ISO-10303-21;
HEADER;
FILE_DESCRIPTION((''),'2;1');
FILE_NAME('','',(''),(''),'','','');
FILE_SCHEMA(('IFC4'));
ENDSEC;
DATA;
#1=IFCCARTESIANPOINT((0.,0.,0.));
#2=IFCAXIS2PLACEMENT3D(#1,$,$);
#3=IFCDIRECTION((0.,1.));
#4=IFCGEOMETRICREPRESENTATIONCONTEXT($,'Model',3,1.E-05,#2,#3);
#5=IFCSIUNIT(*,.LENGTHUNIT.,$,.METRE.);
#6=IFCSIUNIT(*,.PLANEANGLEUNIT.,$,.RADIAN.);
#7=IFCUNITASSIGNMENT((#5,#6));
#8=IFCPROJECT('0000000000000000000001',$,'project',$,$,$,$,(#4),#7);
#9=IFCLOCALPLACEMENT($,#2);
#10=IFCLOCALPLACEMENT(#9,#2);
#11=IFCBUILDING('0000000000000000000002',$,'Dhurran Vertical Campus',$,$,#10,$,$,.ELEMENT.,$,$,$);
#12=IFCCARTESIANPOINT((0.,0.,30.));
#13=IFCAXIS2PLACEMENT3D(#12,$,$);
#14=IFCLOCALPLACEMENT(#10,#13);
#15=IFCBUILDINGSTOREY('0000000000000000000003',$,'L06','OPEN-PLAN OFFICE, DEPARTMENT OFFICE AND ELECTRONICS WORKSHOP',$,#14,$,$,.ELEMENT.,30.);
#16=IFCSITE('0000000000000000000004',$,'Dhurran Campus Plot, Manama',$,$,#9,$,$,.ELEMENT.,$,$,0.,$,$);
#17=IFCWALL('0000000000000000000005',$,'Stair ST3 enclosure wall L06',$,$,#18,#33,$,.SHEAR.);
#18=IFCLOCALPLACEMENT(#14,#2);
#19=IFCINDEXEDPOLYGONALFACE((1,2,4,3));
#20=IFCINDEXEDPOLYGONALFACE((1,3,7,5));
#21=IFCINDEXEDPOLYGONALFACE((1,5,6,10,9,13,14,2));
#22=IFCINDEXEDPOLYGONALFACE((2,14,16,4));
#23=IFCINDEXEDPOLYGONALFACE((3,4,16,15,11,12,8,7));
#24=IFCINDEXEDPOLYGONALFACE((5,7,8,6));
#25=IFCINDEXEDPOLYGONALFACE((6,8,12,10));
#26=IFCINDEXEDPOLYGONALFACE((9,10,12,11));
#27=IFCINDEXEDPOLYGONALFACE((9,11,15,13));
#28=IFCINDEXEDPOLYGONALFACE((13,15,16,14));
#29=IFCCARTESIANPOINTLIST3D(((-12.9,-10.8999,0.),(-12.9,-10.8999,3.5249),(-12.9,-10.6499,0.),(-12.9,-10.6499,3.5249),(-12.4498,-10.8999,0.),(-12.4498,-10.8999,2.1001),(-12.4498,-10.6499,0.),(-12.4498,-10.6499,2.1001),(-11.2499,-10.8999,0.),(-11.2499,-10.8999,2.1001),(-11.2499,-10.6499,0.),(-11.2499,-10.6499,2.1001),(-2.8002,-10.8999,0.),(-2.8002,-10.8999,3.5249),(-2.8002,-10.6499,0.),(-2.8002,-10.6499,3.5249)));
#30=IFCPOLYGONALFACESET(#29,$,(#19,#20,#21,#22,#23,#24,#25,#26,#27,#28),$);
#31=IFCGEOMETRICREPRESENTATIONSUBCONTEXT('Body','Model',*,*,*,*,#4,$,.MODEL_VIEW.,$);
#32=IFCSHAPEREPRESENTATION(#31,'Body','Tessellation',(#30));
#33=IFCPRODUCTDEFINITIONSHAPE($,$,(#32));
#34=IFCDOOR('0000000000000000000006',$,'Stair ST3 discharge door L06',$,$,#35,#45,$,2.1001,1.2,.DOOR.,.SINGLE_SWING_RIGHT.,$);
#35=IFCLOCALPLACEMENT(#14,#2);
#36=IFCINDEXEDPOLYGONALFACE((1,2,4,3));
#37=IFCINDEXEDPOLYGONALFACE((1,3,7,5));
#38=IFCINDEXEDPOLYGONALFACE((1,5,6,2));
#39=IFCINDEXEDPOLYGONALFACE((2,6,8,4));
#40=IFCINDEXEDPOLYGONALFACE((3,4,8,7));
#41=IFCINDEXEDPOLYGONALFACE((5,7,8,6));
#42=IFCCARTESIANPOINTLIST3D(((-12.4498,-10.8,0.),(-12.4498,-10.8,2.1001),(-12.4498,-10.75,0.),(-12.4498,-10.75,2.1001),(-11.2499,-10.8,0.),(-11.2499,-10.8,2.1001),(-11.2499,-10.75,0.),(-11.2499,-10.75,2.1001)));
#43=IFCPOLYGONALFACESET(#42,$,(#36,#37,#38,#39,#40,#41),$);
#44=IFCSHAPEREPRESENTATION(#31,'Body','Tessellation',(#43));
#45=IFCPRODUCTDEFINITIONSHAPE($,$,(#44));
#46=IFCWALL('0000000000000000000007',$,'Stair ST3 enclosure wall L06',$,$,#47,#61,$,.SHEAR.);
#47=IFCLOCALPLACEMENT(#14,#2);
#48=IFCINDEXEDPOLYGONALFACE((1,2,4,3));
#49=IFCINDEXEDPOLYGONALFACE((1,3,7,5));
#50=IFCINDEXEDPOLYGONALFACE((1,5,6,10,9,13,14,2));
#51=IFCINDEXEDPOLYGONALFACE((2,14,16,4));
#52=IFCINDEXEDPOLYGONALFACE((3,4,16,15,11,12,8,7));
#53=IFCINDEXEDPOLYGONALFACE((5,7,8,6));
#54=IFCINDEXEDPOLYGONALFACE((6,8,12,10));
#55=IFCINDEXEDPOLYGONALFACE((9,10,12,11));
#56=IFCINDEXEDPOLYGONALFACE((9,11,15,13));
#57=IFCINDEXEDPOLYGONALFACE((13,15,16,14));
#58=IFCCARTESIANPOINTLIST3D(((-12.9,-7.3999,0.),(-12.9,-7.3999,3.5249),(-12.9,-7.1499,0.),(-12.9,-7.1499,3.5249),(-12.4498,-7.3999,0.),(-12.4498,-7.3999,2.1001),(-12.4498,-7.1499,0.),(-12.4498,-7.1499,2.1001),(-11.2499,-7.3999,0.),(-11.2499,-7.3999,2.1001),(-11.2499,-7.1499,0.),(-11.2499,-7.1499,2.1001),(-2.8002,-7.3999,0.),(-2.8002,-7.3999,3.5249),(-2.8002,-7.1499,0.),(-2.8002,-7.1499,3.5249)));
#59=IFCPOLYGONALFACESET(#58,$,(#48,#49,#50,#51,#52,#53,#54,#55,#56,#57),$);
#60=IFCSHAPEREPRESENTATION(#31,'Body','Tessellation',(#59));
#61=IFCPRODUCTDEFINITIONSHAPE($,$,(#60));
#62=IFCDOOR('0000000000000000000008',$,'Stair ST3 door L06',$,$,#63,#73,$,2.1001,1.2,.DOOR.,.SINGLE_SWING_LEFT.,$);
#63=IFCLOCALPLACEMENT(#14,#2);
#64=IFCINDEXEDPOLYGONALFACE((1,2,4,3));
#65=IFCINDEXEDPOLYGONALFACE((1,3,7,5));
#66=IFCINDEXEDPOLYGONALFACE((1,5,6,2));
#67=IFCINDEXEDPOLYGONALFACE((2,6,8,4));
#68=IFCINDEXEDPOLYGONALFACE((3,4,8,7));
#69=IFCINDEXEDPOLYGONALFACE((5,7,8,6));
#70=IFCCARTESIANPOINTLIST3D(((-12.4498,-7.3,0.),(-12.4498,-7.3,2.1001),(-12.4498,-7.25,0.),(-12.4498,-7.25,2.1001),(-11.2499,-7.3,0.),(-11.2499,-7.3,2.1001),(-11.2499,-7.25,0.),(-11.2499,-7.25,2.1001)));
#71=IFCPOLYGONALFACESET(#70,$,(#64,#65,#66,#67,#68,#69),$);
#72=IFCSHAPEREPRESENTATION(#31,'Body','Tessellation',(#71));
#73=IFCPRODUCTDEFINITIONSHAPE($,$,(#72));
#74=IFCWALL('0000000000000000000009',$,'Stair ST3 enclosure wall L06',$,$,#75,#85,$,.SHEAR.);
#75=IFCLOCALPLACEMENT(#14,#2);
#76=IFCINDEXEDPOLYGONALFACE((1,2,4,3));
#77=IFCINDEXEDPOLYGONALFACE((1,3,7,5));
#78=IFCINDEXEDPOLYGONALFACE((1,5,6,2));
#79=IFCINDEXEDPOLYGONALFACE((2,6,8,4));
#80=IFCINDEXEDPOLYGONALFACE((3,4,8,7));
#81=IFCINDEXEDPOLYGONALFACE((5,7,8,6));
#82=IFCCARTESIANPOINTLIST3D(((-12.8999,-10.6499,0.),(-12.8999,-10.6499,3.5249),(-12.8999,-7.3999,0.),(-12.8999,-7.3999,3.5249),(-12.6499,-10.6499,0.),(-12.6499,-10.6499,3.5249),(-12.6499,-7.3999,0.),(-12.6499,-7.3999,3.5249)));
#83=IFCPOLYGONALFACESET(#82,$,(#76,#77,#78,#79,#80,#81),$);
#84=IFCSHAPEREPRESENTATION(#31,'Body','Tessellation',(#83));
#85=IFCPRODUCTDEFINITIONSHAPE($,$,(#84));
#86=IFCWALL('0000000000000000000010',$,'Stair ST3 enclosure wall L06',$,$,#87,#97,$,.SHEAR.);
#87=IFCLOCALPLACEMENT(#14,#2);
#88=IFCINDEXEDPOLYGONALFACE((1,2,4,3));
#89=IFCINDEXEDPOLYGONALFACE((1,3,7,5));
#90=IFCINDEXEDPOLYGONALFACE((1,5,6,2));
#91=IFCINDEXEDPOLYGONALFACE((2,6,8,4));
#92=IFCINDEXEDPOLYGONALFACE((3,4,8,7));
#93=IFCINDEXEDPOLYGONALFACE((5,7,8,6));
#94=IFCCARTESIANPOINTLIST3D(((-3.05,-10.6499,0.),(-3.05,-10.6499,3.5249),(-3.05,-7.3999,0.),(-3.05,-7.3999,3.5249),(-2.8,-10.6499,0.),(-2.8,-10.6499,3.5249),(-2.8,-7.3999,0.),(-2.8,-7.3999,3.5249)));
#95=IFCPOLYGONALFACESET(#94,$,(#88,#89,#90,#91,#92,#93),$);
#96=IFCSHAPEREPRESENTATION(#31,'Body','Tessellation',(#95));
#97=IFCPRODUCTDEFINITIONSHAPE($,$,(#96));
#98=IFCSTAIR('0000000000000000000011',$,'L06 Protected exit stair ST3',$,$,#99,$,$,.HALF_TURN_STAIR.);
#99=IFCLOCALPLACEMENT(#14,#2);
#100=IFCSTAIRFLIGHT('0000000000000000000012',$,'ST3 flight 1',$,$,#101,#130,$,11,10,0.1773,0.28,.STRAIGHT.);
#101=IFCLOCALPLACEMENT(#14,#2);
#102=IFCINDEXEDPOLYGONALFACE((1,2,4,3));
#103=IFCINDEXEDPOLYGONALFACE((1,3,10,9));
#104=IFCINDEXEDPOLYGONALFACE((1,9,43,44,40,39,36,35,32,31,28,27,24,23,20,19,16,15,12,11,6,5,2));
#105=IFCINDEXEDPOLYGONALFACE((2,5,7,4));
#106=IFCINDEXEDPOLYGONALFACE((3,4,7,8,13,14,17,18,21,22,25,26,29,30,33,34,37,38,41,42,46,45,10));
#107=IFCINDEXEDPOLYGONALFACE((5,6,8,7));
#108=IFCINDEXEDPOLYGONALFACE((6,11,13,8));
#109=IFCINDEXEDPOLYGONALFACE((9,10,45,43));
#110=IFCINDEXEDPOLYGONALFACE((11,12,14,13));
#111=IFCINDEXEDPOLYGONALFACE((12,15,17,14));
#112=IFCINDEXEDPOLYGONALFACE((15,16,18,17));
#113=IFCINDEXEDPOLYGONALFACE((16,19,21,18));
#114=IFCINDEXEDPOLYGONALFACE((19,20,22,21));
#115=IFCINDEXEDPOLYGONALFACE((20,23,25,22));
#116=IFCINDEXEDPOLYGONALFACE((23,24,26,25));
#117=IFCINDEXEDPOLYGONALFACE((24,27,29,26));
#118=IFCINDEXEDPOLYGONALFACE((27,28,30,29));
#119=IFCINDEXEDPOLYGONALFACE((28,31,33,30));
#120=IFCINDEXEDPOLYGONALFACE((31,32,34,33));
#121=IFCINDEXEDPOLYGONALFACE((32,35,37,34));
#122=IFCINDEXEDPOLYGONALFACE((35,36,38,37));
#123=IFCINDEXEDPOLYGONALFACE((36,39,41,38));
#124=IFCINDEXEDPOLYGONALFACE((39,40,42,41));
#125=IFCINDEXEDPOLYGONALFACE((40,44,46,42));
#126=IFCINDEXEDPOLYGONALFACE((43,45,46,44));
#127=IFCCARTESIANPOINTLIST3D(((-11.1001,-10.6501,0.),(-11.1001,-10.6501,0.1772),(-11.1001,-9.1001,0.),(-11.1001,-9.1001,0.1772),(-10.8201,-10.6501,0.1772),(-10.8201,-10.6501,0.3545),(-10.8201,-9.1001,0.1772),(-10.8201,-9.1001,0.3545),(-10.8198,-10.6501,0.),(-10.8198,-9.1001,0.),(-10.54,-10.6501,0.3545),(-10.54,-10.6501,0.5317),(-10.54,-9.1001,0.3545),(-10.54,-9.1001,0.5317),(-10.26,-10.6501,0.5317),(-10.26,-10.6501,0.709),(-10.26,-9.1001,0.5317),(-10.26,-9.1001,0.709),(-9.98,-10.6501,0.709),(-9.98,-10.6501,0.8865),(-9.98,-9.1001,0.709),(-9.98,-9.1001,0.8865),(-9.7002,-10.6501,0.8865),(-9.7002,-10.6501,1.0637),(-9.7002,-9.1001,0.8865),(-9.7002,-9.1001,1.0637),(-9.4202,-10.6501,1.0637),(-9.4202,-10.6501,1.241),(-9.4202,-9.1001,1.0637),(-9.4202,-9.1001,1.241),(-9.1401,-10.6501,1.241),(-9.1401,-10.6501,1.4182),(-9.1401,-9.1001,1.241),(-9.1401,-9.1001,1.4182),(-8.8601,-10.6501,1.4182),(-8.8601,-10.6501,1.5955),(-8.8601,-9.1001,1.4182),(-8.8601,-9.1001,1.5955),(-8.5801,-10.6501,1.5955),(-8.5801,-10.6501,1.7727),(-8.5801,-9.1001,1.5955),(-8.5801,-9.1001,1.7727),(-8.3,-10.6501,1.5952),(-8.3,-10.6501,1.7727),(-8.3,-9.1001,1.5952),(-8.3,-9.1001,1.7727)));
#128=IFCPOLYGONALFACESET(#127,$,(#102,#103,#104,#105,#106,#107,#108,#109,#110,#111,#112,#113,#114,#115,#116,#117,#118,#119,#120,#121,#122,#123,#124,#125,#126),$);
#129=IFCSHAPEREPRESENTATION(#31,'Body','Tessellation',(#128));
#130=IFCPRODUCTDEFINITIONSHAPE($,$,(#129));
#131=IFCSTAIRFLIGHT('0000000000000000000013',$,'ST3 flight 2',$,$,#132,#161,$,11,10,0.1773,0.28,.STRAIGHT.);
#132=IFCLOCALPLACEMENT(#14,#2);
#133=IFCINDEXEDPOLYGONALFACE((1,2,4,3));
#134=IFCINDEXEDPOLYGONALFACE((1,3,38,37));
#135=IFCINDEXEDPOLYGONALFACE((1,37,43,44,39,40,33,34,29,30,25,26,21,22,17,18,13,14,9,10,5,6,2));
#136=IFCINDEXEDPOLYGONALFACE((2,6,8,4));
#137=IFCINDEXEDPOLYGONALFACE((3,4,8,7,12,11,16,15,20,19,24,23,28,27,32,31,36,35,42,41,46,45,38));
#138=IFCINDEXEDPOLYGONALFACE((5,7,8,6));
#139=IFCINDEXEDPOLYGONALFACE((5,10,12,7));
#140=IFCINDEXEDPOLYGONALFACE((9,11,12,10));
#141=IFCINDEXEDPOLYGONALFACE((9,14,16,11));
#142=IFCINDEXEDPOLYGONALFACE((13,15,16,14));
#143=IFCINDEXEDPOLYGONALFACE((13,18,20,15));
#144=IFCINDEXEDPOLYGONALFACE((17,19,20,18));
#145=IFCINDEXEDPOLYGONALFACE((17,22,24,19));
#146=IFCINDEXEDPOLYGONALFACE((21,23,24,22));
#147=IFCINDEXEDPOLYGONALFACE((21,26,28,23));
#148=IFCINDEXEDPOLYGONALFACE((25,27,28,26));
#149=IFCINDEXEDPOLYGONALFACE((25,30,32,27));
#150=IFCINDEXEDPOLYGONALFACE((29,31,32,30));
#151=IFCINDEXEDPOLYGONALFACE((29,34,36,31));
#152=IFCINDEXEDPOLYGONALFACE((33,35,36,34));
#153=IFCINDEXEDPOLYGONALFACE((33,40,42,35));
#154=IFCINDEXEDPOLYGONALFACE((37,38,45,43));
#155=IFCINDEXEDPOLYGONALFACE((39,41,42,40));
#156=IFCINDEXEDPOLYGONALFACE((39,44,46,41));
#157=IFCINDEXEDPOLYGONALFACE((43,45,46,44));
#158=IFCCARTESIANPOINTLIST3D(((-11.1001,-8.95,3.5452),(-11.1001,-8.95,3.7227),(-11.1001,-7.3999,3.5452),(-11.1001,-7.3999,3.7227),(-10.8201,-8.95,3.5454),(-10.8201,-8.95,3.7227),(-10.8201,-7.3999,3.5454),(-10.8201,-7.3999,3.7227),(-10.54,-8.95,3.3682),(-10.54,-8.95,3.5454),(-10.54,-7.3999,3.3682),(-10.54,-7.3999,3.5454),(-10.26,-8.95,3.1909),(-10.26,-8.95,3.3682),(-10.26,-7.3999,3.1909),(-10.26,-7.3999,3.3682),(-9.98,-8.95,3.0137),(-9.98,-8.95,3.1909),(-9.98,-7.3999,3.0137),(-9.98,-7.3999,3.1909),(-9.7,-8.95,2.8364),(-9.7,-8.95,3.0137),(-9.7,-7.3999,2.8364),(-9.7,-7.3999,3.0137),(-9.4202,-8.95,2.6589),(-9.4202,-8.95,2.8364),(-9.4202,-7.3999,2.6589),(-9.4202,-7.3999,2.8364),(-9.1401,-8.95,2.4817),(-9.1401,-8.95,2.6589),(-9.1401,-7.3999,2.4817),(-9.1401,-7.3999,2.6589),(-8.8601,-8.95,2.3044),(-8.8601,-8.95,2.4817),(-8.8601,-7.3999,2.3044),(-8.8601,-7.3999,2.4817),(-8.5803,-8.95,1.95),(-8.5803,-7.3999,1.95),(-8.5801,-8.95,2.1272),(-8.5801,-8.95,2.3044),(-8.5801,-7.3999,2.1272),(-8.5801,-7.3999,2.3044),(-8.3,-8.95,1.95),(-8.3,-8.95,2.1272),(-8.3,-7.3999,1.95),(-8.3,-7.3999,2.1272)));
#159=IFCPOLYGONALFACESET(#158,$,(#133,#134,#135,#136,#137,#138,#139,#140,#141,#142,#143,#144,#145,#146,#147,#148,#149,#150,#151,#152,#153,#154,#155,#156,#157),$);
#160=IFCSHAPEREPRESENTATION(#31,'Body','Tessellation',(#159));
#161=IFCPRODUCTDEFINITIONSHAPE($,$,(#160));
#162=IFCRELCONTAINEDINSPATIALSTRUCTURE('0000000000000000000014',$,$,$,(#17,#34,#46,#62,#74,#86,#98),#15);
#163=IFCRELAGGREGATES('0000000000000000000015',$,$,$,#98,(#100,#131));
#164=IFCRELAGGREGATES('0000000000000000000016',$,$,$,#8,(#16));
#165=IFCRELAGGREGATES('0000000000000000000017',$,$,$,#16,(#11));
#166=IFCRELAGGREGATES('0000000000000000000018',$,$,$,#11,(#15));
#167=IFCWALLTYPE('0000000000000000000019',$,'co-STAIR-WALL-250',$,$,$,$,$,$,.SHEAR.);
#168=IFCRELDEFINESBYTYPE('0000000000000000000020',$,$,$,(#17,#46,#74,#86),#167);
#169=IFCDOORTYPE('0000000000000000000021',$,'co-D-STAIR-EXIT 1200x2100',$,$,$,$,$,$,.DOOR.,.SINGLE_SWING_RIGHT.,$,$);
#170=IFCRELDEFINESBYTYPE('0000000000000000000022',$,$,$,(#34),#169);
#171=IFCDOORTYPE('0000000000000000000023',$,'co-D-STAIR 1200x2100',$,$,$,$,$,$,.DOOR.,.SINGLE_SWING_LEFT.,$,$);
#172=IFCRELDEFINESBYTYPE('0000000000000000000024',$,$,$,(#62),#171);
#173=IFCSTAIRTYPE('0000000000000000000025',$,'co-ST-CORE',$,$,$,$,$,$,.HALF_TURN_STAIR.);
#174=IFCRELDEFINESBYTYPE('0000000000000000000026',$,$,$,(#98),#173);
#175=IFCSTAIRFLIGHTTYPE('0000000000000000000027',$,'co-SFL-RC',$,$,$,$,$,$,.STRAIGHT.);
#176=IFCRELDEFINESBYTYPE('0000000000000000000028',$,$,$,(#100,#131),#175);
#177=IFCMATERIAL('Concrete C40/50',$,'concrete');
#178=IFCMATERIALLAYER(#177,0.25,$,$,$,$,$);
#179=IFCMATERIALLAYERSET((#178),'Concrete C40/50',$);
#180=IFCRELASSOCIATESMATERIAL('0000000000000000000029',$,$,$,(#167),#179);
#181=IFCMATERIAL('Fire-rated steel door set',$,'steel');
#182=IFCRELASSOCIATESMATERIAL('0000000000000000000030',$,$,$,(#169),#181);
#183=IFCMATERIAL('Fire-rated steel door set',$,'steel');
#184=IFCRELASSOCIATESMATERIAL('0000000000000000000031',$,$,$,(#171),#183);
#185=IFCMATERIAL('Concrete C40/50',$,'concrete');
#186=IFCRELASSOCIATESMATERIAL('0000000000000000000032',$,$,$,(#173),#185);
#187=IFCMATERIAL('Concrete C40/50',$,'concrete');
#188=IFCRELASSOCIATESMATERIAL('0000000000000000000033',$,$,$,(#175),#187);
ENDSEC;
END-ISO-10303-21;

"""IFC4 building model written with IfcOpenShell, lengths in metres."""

from ifc_helpers import new_model, si_unit, direction, frame, frame_2d, origin, place, context, subcontext, project, spatial, polyline, rectangle, outline, extrude, material, layer, layer_set, type_object, element, fill, aggregate, save


model = new_model("IFC4")

# Units and contexts
model_context = context("Model", 3, precision=1e-05, world=origin(), true_north=direction((0.0, 1.0)))
body_context = subcontext(model_context, "Body", "Model", "MODEL_VIEW")
ifc_project = project(units=[si_unit("LENGTHUNIT", "METRE"), si_unit("PLANEANGLEUNIT", "RADIAN")], contexts=[model_context])

# Site, building, storey
site_placement = place(None, origin())
site = spatial("IfcSite", under=ifc_project, at=site_placement, Name="Dhurran Campus Plot, Manama", CompositionType="ELEMENT", RefElevation=0.0)
building_placement = place(site_placement, origin())
building = spatial("IfcBuilding", under=site, at=building_placement, Name="Dhurran Vertical Campus", CompositionType="ELEMENT")
storey_placement = place(building_placement, frame((0.0, 0.0, 30.0)))
storey = spatial("IfcBuildingStorey", under=building, at=storey_placement, Name="L06", Description="OPEN-PLAN OFFICE, DEPARTMENT OFFICE AND ELECTRONICS WORKSHOP", CompositionType="ELEMENT", Elevation=30.0)

# Walls, openings, doors
ifc_material_1 = material(Name="Concrete C40/50", Category="concrete")
ifc_layer_1 = layer(ifc_material_1, 0.25)
ifc_layer_set_1 = layer_set([ifc_layer_1], Name="Concrete C40/50")
wall_type_1 = type_object("IfcWallType", Name="co-STAIR-WALL-250", PredefinedType="SHEAR", material=ifc_layer_set_1)
wall_1_placement = place(storey_placement, frame((-12.8999, -10.7749, 0.0), z_axis=(0.0, 0.0, 1.0), x_axis=(1.0, 0.0, 0.0)))
wall_1 = element("IfcWall", 1, at=wall_1_placement, inside=storey, type_object=wall_type_1, Name="Stair ST3 enclosure wall L06", PredefinedType="SHEAR", context=body_context, shape_type="SweptSolid", body=[
    extrude(rectangle(XDim=10.0999, YDim=0.25, at=frame_2d((5.0498, 0.0))), origin(), (0.0, 0.0, 1.0), 3.5249),
])
opening_1_placement = place(wall_1_placement, frame((0.45, 0.0, 0.0)))
opening_1 = element("IfcOpeningElement", 2, at=opening_1_placement, cuts=wall_1, PredefinedType="OPENING", context=body_context, shape_type="SweptSolid", body=[
    extrude(rectangle(XDim=1.2, YDim=2.1001, at=frame_2d((0.6001, 1.05))), frame((0.0, 0.135, 0.0), z_axis=(0.0, -1.0, 0.0), x_axis=(1.0, 0.0, 0.0)), (0.0, 0.0, 1.0), 0.27),
])
ifc_material_2 = material(Name="Fire-rated steel door set", Category="steel")
door_type_1 = type_object("IfcDoorType", Name="co-D-STAIR-EXIT 1200x2100", OperationType="SINGLE_SWING_RIGHT", PredefinedType="DOOR", material=ifc_material_2)
door_1_placement = place(opening_1_placement, origin())
door_1 = element("IfcDoor", 3, at=door_1_placement, inside=storey, type_object=door_type_1, Name="Stair ST3 discharge door L06", OperationType="SINGLE_SWING_RIGHT", OverallHeight=2.1001, OverallWidth=1.2, PredefinedType="DOOR", context=body_context, shape_type="SweptSolid", body=[
    extrude(rectangle(XDim=1.2, YDim=2.1001, at=frame_2d((0.6001, 1.05))), frame((0.0, 0.0249, 0.0), z_axis=(0.0, -1.0, 0.0), x_axis=(1.0, 0.0, 0.0)), (0.0, 0.0, 1.0), 0.05),
])
fill(opening_1, door_1)
wall_2_placement = place(storey_placement, frame((-12.8999, -7.2749, 0.0), z_axis=(0.0, 0.0, 1.0), x_axis=(1.0, 0.0, 0.0)))
wall_2 = element("IfcWall", 4, at=wall_2_placement, inside=storey, type_object=wall_type_1, Name="Stair ST3 enclosure wall L06", PredefinedType="SHEAR", context=body_context, shape_type="SweptSolid", body=[
    extrude(rectangle(XDim=10.0999, YDim=0.25, at=frame_2d((5.0498, 0.0))), origin(), (0.0, 0.0, 1.0), 3.5249),
])
opening_2_placement = place(wall_2_placement, frame((0.45, 0.0, 0.0)))
opening_2 = element("IfcOpeningElement", 5, at=opening_2_placement, cuts=wall_2, PredefinedType="OPENING", context=body_context, shape_type="SweptSolid", body=[
    extrude(rectangle(XDim=1.2, YDim=2.1001, at=frame_2d((0.6001, 1.05))), frame((0.0, 0.135, 0.0), z_axis=(0.0, -1.0, 0.0), x_axis=(1.0, 0.0, 0.0)), (0.0, 0.0, 1.0), 0.27),
])
ifc_material_3 = material(Name="Fire-rated steel door set", Category="steel")
door_type_2 = type_object("IfcDoorType", Name="co-D-STAIR 1200x2100", OperationType="SINGLE_SWING_LEFT", PredefinedType="DOOR", material=ifc_material_3)
door_2_placement = place(opening_2_placement, origin())
door_2 = element("IfcDoor", 6, at=door_2_placement, inside=storey, type_object=door_type_2, Name="Stair ST3 door L06", OperationType="SINGLE_SWING_LEFT", OverallHeight=2.1001, OverallWidth=1.2, PredefinedType="DOOR", context=body_context, shape_type="SweptSolid", body=[
    extrude(rectangle(XDim=1.2, YDim=2.1001, at=frame_2d((0.6001, 1.05))), frame((0.0, 0.0249, 0.0), z_axis=(0.0, -1.0, 0.0), x_axis=(1.0, 0.0, 0.0)), (0.0, 0.0, 1.0), 0.05),
])
fill(opening_2, door_2)

# Walls
for number, where, z_axis, x_axis, name in (
    (7, (-12.7749, -10.6499, 0.0), (0.0, 0.0, 1.0), (0.0, 1.0, 0.0), "Stair ST3 enclosure wall L06"),
    (8, (-2.925, -10.6499, 0.0), (0.0, 0.0, 1.0), (0.0, 1.0, 0.0), "Stair ST3 enclosure wall L06"),
):
    element("IfcWall", number, at=place(storey_placement, frame(where, z_axis=z_axis, x_axis=x_axis)), inside=storey, type_object=wall_type_1, Name=name, PredefinedType="SHEAR", context=body_context, shape_type="SweptSolid", body=[
        extrude(rectangle(XDim=3.25, YDim=0.25, at=frame_2d((1.625, 0.0))), origin(), (0.0, 0.0, 1.0), 3.5249),
    ])

# Stair, stair flights
ifc_material_4 = material(Name="Concrete C40/50", Category="concrete")
stair_type = type_object("IfcStairType", Name="co-ST-CORE", PredefinedType="HALF_TURN_STAIR", material=ifc_material_4)
stair_placement = place(storey_placement, origin())
stair = element("IfcStair", 9, at=stair_placement, inside=storey, type_object=stair_type, Name="L06 Protected exit stair ST3", PredefinedType="HALF_TURN_STAIR")
ifc_material_5 = material(Name="Concrete C40/50", Category="concrete")
stair_flight_type = type_object("IfcStairFlightType", Name="co-SFL-RC", PredefinedType="STRAIGHT", material=ifc_material_5)
stair_flight_1_placement = place(storey_placement, frame((-11.1001, -9.875, 0.0), z_axis=(0.0, 0.0, 1.0), x_axis=(1.0, 0.0, 0.0)))
stair_flight_1 = element("IfcStairFlight", 10, at=stair_flight_1_placement, type_object=stair_flight_type, Name="ST3 flight 1", NumberOfRisers=11, NumberOfTreads=10, PredefinedType="STRAIGHT", RiserHeight=0.1773, TreadLength=0.28, context=body_context, shape_type="SweptSolid", body=[
    extrude(outline(polyline([(0.0, 0.0), (0.0, 0.1772), (0.28, 0.1772), (0.28, 0.3545), (0.5601, 0.3545), (0.5601, 0.5317), (0.8401, 0.5317), (0.8401, 0.709), (1.1201, 0.709), (1.1201, 0.8865), (1.3999, 0.8865), (1.3999, 1.0637), (1.6799, 1.0637), (1.6799, 1.241), (1.96, 1.241), (1.96, 1.4182), (2.24, 1.4182), (2.24, 1.5955), (2.52, 1.5955), (2.52, 1.7727), (2.8, 1.7727), (2.8, 1.95), (2.8, 1.5952), (0.2803, 0.0), (0.0, 0.0)])), frame((0.0, 0.7749, 0.0), z_axis=(0.0, -1.0, 0.0), x_axis=(1.0, 0.0, 0.0)), (0.0, 0.0, 1.0), 1.55),
])
stair_flight_2_placement = place(storey_placement, frame((-8.3, -8.175, 1.95), z_axis=(0.0, 0.0, 1.0), x_axis=(-1.0, 0.0, 0.0)))
stair_flight_2 = element("IfcStairFlight", 11, at=stair_flight_2_placement, type_object=stair_flight_type, Name="ST3 flight 2", NumberOfRisers=11, NumberOfTreads=10, PredefinedType="STRAIGHT", RiserHeight=0.1773, TreadLength=0.28, context=body_context, shape_type="SweptSolid", body=[
    extrude(outline(polyline([(0.0, 0.0), (0.0, 0.1772), (0.28, 0.1772), (0.28, 0.3545), (0.5601, 0.3545), (0.5601, 0.5317), (0.8401, 0.5317), (0.8401, 0.709), (1.1201, 0.709), (1.1201, 0.8865), (1.3999, 0.8865), (1.3999, 1.0637), (1.6799, 1.0637), (1.6799, 1.241), (1.96, 1.241), (1.96, 1.4182), (2.24, 1.4182), (2.24, 1.5955), (2.52, 1.5955), (2.52, 1.7727), (2.8, 1.7727), (2.8, 1.95), (2.8, 1.5952), (0.2803, 0.0), (0.0, 0.0)])), frame((0.0, 0.7749, 0.0), z_axis=(0.0, -1.0, 0.0), x_axis=(1.0, 0.0, 0.0)), (0.0, 0.0, 1.0), 1.55),
])
aggregate(stair, [stair_flight_1, stair_flight_2])

save(model, "model.ifc")
